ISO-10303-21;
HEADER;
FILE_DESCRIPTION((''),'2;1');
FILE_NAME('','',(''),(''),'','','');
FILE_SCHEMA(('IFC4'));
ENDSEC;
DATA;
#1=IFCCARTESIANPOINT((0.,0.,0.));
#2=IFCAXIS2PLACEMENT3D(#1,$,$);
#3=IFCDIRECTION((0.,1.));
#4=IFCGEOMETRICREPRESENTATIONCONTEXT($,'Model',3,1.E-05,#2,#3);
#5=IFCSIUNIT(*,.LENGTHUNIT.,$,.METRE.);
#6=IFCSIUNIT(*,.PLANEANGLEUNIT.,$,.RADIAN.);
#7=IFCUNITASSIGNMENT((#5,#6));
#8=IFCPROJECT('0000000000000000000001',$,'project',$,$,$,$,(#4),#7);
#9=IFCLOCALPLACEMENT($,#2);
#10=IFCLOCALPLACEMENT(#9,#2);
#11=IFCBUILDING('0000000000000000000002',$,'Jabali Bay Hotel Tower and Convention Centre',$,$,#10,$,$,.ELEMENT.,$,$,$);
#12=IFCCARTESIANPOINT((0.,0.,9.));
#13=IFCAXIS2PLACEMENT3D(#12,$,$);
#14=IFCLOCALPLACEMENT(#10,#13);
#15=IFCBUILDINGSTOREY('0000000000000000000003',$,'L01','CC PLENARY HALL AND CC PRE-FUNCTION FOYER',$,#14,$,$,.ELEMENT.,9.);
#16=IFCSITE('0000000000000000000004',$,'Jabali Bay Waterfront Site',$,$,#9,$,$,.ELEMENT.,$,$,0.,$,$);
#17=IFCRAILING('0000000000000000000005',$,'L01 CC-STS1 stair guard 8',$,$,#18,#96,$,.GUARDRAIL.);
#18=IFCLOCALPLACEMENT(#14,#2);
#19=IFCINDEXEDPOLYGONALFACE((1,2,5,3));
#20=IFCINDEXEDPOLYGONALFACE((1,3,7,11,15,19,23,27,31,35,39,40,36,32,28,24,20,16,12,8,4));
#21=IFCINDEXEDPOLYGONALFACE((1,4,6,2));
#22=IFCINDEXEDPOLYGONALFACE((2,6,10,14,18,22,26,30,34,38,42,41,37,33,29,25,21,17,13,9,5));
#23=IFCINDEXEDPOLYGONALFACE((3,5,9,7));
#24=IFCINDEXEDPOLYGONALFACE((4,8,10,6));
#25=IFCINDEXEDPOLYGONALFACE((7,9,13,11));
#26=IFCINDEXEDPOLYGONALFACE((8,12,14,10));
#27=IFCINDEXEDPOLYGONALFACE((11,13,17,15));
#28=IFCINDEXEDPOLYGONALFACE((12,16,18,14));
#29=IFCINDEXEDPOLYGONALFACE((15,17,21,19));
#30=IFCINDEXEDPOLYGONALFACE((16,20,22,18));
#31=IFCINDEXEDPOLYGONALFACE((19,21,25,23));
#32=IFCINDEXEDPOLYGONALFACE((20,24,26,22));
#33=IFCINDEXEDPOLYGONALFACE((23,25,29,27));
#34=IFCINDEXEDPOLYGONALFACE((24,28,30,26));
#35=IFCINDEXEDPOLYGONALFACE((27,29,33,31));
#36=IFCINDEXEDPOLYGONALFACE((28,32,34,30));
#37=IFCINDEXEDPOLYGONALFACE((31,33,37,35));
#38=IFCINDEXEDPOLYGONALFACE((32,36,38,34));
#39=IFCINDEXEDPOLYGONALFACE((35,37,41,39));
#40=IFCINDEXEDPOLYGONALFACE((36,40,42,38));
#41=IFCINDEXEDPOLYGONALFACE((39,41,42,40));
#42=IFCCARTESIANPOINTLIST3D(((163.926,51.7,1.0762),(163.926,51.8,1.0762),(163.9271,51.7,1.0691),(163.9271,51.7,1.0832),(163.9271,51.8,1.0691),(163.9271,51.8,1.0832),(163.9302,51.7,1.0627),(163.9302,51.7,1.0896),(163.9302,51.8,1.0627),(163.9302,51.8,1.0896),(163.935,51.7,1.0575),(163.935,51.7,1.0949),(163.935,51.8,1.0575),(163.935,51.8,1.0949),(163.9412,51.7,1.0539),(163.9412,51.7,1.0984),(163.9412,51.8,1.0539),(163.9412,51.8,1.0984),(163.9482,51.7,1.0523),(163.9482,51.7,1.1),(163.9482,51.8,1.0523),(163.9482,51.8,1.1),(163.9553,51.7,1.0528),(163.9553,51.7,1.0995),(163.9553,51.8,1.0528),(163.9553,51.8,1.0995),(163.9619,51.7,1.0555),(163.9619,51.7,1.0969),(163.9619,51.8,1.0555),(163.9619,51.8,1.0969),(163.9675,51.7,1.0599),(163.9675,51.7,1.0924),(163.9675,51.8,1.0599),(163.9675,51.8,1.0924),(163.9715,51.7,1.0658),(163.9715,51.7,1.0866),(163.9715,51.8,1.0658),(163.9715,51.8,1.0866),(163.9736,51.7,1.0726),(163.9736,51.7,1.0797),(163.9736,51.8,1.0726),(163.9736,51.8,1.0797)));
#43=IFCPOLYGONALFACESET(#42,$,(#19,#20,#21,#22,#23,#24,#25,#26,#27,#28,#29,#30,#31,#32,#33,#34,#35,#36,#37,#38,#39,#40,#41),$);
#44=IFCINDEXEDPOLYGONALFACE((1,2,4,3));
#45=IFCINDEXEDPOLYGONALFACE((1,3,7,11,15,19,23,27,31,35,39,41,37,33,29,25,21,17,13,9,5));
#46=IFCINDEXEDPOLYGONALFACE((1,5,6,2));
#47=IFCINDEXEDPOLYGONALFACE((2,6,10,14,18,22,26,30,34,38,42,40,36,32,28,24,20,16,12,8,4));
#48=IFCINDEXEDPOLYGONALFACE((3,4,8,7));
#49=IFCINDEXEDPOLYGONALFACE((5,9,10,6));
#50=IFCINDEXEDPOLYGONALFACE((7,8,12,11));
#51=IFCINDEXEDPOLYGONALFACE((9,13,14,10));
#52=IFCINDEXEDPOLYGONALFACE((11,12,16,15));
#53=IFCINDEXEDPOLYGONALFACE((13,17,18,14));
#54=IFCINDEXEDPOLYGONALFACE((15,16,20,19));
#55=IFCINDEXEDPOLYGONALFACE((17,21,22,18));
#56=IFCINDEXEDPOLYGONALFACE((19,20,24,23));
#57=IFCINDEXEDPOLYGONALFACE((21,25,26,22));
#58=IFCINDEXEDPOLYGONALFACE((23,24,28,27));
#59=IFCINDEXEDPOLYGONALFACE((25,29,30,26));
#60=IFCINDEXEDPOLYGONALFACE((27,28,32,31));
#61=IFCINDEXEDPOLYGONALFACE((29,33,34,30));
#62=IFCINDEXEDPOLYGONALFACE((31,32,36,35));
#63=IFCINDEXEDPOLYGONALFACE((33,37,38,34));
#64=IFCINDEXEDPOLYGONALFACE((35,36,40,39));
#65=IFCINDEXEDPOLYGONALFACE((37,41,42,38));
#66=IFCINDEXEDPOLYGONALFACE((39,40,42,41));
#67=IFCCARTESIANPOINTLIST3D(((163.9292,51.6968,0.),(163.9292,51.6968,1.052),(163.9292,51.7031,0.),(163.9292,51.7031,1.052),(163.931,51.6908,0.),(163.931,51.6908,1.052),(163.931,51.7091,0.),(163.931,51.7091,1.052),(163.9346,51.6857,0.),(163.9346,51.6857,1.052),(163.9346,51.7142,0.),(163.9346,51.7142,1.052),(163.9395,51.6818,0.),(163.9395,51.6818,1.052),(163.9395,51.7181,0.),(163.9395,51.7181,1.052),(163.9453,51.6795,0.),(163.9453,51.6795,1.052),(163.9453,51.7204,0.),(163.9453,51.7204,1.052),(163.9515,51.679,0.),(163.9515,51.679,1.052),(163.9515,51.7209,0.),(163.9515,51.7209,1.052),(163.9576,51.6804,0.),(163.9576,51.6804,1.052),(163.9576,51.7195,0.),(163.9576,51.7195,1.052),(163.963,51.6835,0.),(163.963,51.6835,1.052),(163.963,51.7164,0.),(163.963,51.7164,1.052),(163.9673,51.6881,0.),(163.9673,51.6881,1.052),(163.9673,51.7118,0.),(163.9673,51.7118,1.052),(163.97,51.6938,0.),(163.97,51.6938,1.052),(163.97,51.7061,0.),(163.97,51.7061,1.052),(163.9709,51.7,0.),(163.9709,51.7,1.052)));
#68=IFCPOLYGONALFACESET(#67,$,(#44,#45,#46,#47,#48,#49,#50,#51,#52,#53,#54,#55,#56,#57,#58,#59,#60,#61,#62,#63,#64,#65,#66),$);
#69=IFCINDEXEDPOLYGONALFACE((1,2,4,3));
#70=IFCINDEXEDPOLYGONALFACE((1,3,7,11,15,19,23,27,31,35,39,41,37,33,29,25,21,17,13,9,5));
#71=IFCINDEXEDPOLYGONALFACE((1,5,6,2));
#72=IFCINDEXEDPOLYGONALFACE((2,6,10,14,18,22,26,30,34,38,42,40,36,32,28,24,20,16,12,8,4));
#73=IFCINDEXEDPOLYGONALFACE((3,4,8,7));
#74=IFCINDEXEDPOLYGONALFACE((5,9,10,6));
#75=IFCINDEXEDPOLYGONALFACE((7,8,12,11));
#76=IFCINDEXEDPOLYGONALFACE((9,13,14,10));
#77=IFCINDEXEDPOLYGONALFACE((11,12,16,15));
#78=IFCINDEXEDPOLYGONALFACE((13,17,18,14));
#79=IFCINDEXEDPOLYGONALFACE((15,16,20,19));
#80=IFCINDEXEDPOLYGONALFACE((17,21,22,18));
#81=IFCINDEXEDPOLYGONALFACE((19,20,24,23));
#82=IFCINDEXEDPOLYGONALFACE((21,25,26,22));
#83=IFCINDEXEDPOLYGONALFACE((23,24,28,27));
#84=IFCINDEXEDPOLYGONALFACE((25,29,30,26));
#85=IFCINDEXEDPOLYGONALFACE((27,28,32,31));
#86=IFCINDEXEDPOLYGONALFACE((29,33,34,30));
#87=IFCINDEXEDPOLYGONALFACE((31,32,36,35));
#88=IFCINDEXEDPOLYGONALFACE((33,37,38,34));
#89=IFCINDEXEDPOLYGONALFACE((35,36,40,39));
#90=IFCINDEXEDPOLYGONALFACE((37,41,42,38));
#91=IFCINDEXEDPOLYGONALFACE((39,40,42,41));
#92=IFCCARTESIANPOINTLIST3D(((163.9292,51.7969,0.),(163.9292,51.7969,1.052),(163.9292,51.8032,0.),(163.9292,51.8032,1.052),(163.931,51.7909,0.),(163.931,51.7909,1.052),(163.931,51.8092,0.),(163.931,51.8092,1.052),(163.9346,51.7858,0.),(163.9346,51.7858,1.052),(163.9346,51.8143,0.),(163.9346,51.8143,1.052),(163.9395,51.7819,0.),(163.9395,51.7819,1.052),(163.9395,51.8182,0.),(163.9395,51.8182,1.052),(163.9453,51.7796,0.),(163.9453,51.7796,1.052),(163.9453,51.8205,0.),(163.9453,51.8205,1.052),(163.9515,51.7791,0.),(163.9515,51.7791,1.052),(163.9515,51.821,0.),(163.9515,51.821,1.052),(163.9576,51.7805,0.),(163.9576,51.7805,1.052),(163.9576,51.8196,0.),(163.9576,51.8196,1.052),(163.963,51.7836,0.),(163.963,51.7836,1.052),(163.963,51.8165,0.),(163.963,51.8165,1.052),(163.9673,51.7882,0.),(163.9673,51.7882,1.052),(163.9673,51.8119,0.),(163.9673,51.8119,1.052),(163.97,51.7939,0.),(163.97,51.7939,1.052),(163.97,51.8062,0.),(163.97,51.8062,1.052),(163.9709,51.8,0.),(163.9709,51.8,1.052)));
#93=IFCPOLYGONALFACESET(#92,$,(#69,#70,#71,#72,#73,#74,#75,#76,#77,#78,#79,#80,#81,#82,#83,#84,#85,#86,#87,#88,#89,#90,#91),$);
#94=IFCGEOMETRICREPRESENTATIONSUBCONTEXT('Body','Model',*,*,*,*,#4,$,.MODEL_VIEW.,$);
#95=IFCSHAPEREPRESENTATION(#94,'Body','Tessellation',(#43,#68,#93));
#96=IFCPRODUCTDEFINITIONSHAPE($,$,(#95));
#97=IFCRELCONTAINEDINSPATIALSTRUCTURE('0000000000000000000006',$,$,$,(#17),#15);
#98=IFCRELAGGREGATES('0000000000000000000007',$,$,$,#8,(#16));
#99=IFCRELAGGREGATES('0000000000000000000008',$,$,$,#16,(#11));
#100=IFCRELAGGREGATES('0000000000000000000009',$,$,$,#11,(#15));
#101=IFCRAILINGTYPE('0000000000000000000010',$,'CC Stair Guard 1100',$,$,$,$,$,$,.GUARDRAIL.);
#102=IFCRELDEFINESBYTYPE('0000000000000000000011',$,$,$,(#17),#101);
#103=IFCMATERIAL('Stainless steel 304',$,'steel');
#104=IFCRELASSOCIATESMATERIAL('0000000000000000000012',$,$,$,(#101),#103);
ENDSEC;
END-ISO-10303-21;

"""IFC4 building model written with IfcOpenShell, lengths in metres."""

from ifc_helpers import new_model, si_unit, direction, frame, origin, origin_2d, place, context, subcontext, project, spatial, circle, extrude, material, type_object, element, save


model = new_model("IFC4")

# Units and contexts
model_context = context("Model", 3, precision=1e-05, world=origin(), true_north=direction((0.0, 1.0)))
body_context = subcontext(model_context, "Body", "Model", "MODEL_VIEW")
ifc_project = project(units=[si_unit("LENGTHUNIT", "METRE"), si_unit("PLANEANGLEUNIT", "RADIAN")], contexts=[model_context])

# Site, building, storey
site_placement = place(None, origin())
site = spatial("IfcSite", under=ifc_project, at=site_placement, Name="Jabali Bay Waterfront Site", CompositionType="ELEMENT", RefElevation=0.0)
building_placement = place(site_placement, origin())
building = spatial("IfcBuilding", under=site, at=building_placement, Name="Jabali Bay Hotel Tower and Convention Centre", CompositionType="ELEMENT")
storey_placement = place(building_placement, frame((0.0, 0.0, 9.0)))
storey = spatial("IfcBuildingStorey", under=building, at=storey_placement, Name="L01", Description="CC PLENARY HALL AND CC PRE-FUNCTION FOYER", CompositionType="ELEMENT", Elevation=9.0)

# Railing
ifc_material_1 = material(Name="Stainless steel 304", Category="steel")
railing_type_1 = type_object("IfcRailingType", Name="CC Stair Guard 1100", PredefinedType="GUARDRAIL", material=ifc_material_1)
railing_1_placement = place(storey_placement, frame((163.95, 51.7, 0.0)))
element("IfcRailing", 1, at=railing_1_placement, inside=storey, type_object=railing_type_1, Name="L01 CC-STS1 stair guard 8", PredefinedType="GUARDRAIL", context=body_context, shape_type="SweptSolid", body=[
    extrude(circle(Radius=0.0239, at=origin_2d()), frame((0.0, 0.0, 1.0762), z_axis=(0.0, 1.0, 0.0), x_axis=(-1.0, 0.0, 0.0)), (0.0, 0.0, 1.0), 0.1001),
    extrude(circle(Radius=0.021, at=origin_2d()), origin(), (0.0, 0.0, 1.0), 1.052),
    extrude(circle(Radius=0.021, at=origin_2d()), frame((0.0, 0.1001, 0.0)), (0.0, 0.0, 1.0), 1.052),
])

save(model, "model.ifc")
